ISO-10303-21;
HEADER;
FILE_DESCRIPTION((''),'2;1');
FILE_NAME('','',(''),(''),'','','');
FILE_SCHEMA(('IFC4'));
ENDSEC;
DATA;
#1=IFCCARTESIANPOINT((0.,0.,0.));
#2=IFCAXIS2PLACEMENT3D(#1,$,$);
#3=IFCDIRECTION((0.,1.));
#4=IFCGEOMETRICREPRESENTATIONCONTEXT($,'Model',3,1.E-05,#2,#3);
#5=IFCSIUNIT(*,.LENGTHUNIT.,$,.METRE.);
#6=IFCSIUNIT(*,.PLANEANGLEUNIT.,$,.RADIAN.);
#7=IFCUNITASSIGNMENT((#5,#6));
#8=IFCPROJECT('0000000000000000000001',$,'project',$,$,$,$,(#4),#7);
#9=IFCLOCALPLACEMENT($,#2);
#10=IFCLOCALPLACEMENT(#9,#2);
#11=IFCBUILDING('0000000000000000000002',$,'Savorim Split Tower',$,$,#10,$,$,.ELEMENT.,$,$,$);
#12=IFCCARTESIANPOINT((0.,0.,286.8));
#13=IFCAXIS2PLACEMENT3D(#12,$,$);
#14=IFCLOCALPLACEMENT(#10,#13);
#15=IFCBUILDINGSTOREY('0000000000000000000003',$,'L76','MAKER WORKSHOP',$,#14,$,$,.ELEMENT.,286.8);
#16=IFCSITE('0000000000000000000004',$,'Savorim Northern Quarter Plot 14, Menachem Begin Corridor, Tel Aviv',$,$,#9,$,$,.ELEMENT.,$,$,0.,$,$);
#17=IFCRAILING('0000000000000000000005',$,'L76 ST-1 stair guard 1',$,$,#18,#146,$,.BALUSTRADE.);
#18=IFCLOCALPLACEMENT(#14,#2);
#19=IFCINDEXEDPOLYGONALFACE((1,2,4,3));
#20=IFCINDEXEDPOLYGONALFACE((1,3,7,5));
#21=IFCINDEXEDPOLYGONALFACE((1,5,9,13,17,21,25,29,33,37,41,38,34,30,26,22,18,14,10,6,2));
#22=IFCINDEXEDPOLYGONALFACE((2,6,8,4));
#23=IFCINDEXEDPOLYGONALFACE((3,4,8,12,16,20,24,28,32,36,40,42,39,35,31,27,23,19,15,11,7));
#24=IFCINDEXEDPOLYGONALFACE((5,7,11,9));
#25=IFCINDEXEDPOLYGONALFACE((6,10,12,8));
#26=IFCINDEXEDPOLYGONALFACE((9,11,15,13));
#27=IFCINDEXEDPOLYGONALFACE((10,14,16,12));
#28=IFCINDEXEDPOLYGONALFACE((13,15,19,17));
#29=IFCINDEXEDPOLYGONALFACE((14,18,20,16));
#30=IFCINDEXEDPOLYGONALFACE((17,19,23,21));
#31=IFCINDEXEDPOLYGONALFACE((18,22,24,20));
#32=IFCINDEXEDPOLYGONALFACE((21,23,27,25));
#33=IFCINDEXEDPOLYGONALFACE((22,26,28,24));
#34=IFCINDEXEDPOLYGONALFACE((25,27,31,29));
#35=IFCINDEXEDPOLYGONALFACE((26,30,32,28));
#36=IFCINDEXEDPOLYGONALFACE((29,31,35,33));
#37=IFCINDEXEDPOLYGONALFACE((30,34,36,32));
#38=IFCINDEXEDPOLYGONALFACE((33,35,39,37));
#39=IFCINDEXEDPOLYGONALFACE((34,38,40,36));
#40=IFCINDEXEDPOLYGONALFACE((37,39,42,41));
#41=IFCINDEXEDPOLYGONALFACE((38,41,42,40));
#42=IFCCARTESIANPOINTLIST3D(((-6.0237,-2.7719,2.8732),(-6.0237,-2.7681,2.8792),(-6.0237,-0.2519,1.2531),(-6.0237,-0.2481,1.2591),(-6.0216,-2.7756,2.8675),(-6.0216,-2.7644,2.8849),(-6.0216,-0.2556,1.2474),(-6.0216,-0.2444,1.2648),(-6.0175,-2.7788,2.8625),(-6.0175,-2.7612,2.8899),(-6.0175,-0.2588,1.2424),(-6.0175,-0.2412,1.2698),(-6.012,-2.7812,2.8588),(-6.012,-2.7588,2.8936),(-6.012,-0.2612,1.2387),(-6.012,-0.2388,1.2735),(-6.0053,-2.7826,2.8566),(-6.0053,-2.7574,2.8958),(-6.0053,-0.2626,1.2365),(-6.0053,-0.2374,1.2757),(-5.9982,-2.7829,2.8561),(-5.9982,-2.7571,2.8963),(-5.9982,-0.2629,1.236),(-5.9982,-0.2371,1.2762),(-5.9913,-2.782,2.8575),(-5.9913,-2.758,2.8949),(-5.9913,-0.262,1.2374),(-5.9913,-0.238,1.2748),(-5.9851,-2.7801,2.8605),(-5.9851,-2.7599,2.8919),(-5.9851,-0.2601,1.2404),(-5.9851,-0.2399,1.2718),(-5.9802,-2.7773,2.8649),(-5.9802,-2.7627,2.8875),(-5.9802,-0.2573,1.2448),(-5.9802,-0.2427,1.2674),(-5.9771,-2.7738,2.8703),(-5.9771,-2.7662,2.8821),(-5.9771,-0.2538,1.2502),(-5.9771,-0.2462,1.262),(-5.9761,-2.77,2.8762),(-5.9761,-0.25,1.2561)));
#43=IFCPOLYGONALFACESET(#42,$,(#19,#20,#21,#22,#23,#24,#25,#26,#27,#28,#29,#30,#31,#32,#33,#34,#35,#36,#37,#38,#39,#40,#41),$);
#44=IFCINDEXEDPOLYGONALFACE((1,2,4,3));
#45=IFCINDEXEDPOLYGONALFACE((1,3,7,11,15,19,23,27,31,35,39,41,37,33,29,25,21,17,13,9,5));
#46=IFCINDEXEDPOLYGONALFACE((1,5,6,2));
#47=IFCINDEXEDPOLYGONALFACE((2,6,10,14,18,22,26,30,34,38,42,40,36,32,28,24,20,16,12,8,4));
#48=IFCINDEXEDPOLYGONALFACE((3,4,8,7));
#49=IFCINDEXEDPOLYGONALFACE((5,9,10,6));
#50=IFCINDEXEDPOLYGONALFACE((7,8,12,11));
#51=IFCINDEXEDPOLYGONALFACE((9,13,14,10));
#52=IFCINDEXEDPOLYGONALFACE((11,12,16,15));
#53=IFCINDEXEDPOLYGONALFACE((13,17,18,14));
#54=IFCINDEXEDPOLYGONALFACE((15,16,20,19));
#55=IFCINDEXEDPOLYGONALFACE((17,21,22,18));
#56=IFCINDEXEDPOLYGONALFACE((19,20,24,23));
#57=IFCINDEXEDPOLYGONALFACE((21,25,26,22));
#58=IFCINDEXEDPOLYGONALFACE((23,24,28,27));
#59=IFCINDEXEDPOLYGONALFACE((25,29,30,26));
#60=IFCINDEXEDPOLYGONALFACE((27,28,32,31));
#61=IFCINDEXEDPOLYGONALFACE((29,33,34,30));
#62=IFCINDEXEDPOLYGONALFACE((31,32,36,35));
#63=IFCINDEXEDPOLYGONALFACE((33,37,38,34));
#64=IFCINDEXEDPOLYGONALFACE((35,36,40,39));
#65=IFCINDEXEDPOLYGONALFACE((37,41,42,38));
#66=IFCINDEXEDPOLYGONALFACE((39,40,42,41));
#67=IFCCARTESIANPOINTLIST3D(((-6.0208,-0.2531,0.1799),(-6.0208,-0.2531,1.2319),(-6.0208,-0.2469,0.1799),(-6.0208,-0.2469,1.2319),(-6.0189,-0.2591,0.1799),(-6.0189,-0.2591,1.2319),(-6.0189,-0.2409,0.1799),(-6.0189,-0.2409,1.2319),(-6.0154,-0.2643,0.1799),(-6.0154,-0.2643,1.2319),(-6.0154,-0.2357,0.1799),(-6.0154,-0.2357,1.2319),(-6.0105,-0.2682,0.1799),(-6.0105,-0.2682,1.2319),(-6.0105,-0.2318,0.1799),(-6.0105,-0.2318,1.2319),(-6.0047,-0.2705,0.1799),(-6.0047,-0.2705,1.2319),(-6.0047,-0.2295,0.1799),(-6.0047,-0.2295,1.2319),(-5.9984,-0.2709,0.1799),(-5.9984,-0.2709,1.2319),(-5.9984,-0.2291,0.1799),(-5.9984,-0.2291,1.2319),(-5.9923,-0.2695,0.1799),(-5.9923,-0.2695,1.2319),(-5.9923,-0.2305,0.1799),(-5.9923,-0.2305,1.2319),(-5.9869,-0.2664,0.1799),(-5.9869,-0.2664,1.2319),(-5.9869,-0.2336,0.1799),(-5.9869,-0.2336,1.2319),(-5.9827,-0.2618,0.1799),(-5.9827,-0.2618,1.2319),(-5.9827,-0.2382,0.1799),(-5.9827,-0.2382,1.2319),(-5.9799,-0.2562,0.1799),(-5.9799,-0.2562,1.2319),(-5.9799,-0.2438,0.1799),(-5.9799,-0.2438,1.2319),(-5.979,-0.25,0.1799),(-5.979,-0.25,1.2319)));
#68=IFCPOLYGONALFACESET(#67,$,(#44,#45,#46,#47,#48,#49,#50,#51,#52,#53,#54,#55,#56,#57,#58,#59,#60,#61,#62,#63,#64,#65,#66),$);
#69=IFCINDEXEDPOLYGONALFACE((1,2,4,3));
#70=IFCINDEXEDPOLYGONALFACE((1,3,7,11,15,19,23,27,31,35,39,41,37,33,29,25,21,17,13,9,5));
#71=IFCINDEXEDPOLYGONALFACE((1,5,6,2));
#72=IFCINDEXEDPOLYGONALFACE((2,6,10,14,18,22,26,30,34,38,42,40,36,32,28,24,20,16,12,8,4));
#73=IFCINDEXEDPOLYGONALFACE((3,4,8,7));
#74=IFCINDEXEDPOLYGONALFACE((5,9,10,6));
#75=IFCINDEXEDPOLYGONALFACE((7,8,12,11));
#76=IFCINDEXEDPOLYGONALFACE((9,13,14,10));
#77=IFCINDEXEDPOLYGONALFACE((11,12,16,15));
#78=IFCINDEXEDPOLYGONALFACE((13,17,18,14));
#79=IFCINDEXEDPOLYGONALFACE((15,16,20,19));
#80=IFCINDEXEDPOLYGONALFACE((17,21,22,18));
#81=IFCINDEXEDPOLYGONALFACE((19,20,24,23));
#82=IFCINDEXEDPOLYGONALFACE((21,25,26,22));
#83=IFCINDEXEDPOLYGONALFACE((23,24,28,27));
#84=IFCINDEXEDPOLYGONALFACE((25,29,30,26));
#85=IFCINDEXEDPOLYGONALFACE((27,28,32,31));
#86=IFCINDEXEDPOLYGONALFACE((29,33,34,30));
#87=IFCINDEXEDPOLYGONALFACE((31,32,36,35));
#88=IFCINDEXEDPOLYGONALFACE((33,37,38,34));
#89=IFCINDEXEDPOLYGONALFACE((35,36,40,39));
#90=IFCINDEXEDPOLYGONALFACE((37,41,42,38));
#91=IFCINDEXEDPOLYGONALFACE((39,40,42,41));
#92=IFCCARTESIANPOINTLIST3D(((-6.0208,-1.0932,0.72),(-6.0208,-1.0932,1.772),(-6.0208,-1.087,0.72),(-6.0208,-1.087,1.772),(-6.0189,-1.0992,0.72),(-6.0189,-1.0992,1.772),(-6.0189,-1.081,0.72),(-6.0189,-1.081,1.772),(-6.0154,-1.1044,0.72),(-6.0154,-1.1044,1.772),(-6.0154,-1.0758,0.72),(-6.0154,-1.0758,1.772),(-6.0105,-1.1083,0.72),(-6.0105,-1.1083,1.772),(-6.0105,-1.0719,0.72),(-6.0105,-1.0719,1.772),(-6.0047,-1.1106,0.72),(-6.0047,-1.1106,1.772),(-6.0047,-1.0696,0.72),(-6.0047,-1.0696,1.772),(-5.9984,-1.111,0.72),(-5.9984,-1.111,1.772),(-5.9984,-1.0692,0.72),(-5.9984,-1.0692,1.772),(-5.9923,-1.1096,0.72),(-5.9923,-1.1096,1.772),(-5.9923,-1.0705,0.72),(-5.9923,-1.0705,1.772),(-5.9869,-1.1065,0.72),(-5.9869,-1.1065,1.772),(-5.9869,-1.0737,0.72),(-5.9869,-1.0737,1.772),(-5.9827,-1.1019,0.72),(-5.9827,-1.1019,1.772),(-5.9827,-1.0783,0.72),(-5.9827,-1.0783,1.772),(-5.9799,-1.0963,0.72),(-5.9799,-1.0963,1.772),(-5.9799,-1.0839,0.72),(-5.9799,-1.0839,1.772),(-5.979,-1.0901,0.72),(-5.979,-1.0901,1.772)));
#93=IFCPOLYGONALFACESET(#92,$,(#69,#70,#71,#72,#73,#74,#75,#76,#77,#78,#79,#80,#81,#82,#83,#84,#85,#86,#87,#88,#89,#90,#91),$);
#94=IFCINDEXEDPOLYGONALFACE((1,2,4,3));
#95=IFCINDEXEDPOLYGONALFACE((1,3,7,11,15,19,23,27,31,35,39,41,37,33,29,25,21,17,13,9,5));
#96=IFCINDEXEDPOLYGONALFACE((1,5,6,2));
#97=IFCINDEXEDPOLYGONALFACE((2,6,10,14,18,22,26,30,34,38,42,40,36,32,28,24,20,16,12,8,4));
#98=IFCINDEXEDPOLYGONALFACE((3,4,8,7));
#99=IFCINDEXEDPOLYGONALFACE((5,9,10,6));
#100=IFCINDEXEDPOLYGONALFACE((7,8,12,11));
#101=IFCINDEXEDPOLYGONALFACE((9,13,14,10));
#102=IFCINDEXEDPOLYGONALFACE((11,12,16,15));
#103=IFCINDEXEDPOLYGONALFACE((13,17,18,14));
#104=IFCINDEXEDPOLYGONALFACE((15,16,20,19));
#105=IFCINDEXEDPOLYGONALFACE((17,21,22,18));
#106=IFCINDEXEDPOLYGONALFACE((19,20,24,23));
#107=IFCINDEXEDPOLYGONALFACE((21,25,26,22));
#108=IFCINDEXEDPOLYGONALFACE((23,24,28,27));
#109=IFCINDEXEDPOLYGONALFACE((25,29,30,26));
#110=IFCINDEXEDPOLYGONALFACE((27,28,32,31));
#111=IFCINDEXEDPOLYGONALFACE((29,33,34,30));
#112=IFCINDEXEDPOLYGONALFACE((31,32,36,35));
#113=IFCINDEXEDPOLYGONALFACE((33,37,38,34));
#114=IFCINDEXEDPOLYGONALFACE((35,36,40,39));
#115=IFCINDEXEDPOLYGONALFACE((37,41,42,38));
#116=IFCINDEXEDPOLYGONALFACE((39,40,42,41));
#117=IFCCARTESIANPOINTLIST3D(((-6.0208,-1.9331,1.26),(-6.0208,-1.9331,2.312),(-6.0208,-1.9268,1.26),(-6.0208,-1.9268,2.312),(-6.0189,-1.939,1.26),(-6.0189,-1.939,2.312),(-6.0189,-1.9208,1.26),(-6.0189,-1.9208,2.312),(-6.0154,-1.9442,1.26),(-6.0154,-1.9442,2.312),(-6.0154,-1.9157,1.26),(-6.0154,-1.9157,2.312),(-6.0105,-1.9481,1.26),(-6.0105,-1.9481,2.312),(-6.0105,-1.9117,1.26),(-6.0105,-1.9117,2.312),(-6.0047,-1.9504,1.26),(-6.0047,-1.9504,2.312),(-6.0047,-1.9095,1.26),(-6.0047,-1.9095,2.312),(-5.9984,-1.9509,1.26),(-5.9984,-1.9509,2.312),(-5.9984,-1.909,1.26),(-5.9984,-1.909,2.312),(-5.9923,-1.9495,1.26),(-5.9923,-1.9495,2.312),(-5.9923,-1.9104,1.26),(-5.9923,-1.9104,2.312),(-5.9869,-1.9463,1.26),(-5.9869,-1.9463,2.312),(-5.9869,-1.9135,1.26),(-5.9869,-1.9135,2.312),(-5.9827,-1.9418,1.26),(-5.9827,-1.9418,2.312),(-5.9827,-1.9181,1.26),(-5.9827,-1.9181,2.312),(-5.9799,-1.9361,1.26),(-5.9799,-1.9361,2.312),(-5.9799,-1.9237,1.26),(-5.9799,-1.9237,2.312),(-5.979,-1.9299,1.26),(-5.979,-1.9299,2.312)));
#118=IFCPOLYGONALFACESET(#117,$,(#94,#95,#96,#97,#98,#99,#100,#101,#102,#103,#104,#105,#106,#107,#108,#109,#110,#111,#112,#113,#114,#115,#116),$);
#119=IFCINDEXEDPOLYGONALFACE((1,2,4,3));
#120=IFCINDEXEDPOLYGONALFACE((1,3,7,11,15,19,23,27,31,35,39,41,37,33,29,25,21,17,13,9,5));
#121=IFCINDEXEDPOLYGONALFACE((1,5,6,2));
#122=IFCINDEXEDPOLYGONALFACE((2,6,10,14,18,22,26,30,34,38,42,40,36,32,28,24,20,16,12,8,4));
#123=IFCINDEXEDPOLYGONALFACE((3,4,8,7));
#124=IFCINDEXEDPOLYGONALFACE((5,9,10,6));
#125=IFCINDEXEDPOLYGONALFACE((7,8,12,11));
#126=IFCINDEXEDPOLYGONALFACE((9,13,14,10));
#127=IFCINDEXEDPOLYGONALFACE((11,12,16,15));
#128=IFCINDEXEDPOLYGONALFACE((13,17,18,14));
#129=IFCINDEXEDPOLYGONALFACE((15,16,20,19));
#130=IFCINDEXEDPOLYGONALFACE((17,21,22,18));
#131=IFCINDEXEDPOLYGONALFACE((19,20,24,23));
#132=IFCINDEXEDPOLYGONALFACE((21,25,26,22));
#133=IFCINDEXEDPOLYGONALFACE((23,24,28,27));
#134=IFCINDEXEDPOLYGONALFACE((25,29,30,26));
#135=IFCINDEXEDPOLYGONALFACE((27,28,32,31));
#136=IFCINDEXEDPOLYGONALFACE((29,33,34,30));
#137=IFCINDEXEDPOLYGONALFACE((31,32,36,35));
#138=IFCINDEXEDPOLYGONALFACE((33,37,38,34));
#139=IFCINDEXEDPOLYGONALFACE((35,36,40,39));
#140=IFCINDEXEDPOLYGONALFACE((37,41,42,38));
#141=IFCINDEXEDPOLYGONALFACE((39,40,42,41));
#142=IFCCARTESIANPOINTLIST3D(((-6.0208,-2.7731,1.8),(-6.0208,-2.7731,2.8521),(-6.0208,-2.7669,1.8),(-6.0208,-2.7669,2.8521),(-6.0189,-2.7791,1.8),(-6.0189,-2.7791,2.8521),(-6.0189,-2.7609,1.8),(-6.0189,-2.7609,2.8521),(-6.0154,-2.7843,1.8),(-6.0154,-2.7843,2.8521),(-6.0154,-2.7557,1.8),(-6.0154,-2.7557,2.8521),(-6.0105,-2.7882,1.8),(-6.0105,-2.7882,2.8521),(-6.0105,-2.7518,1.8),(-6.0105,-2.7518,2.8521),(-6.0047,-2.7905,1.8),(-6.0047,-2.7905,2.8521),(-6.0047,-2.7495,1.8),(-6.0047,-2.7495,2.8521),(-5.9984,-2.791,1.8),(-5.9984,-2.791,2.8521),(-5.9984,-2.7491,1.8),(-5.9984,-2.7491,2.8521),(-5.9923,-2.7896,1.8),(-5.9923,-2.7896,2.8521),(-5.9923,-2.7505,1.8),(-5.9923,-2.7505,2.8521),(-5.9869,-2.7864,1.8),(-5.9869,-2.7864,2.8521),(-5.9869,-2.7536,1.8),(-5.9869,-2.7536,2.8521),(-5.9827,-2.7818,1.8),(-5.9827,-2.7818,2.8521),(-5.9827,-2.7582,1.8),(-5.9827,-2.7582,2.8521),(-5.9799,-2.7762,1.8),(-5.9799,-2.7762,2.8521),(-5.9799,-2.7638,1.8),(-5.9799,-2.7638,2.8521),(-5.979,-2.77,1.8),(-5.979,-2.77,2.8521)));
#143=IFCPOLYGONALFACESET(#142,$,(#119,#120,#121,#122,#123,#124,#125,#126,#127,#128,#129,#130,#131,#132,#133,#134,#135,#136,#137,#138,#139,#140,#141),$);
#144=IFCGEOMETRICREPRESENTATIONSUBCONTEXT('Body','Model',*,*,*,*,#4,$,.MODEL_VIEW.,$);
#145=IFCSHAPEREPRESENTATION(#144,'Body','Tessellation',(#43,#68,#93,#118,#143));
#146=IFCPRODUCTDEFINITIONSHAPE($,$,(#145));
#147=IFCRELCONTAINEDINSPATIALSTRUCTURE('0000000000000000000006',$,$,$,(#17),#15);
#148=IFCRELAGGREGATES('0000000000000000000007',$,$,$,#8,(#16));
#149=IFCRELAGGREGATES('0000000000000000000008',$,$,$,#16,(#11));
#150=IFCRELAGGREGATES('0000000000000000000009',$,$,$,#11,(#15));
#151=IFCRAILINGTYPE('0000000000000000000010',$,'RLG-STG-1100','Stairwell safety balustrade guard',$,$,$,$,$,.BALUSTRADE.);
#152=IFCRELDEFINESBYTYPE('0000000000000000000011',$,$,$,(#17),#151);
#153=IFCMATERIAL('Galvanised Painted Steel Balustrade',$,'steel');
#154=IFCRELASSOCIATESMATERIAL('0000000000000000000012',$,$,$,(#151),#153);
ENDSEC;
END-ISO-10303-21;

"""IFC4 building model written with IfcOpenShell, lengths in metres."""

from ifc_helpers import new_model, si_unit, direction, frame, origin, origin_2d, place, context, subcontext, project, spatial, circle, extrude, material, type_object, element, save


model = new_model("IFC4")

# Units and contexts
model_context = context("Model", 3, precision=1e-05, world=origin(), true_north=direction((0.0, 1.0)))
body_context = subcontext(model_context, "Body", "Model", "MODEL_VIEW")
ifc_project = project(units=[si_unit("LENGTHUNIT", "METRE"), si_unit("PLANEANGLEUNIT", "RADIAN")], contexts=[model_context])

# Site, building, storey
site_placement = place(None, origin())
site = spatial("IfcSite", under=ifc_project, at=site_placement, Name="Savorim Northern Quarter Plot 14, Menachem Begin Corridor, Tel Aviv", CompositionType="ELEMENT", RefElevation=0.0)
building_placement = place(site_placement, origin())
building = spatial("IfcBuilding", under=site, at=building_placement, Name="Savorim Split Tower", CompositionType="ELEMENT")
storey_placement = place(building_placement, frame((0.0, 0.0, 286.8)))
storey = spatial("IfcBuildingStorey", under=building, at=storey_placement, Name="L76", Description="MAKER WORKSHOP", CompositionType="ELEMENT", Elevation=286.8)

# Railing
ifc_material_1 = material(Name="Galvanised Painted Steel Balustrade", Category="steel")
railing_type_1 = type_object("IfcRailingType", Name="RLG-STG-1100", Description="Stairwell safety balustrade guard", PredefinedType="BALUSTRADE", material=ifc_material_1)
railing_1_placement = place(storey_placement, frame((-6.0, -0.25, 0.1799)))
element("IfcRailing", 1, at=railing_1_placement, inside=storey, type_object=railing_type_1, Name="L76 ST-1 stair guard 1", PredefinedType="BALUSTRADE", context=body_context, shape_type="SweptSolid", body=[
    extrude(circle(Radius=0.0239, at=origin_2d()), frame((0.0, 0.0, 1.0762), z_axis=(0.0, -0.841163, 0.540782), x_axis=(1.0, 0.0, 0.0)), (0.0, 0.0, 1.0), 2.9958),
    extrude(circle(Radius=0.021, at=origin_2d()), origin(), (0.0, 0.0, 1.0), 1.052),
    extrude(circle(Radius=0.021, at=origin_2d()), frame((0.0, -0.8401, 0.54)), (0.0, 0.0, 1.0), 1.052),
    extrude(circle(Radius=0.021, at=origin_2d()), frame((0.0, -1.6799, 1.0801)), (0.0, 0.0, 1.0), 1.052),
    extrude(circle(Radius=0.021, at=origin_2d()), frame((0.0, -2.52, 1.6201)), (0.0, 0.0, 1.0), 1.052),
])

save(model, "model.ifc")
